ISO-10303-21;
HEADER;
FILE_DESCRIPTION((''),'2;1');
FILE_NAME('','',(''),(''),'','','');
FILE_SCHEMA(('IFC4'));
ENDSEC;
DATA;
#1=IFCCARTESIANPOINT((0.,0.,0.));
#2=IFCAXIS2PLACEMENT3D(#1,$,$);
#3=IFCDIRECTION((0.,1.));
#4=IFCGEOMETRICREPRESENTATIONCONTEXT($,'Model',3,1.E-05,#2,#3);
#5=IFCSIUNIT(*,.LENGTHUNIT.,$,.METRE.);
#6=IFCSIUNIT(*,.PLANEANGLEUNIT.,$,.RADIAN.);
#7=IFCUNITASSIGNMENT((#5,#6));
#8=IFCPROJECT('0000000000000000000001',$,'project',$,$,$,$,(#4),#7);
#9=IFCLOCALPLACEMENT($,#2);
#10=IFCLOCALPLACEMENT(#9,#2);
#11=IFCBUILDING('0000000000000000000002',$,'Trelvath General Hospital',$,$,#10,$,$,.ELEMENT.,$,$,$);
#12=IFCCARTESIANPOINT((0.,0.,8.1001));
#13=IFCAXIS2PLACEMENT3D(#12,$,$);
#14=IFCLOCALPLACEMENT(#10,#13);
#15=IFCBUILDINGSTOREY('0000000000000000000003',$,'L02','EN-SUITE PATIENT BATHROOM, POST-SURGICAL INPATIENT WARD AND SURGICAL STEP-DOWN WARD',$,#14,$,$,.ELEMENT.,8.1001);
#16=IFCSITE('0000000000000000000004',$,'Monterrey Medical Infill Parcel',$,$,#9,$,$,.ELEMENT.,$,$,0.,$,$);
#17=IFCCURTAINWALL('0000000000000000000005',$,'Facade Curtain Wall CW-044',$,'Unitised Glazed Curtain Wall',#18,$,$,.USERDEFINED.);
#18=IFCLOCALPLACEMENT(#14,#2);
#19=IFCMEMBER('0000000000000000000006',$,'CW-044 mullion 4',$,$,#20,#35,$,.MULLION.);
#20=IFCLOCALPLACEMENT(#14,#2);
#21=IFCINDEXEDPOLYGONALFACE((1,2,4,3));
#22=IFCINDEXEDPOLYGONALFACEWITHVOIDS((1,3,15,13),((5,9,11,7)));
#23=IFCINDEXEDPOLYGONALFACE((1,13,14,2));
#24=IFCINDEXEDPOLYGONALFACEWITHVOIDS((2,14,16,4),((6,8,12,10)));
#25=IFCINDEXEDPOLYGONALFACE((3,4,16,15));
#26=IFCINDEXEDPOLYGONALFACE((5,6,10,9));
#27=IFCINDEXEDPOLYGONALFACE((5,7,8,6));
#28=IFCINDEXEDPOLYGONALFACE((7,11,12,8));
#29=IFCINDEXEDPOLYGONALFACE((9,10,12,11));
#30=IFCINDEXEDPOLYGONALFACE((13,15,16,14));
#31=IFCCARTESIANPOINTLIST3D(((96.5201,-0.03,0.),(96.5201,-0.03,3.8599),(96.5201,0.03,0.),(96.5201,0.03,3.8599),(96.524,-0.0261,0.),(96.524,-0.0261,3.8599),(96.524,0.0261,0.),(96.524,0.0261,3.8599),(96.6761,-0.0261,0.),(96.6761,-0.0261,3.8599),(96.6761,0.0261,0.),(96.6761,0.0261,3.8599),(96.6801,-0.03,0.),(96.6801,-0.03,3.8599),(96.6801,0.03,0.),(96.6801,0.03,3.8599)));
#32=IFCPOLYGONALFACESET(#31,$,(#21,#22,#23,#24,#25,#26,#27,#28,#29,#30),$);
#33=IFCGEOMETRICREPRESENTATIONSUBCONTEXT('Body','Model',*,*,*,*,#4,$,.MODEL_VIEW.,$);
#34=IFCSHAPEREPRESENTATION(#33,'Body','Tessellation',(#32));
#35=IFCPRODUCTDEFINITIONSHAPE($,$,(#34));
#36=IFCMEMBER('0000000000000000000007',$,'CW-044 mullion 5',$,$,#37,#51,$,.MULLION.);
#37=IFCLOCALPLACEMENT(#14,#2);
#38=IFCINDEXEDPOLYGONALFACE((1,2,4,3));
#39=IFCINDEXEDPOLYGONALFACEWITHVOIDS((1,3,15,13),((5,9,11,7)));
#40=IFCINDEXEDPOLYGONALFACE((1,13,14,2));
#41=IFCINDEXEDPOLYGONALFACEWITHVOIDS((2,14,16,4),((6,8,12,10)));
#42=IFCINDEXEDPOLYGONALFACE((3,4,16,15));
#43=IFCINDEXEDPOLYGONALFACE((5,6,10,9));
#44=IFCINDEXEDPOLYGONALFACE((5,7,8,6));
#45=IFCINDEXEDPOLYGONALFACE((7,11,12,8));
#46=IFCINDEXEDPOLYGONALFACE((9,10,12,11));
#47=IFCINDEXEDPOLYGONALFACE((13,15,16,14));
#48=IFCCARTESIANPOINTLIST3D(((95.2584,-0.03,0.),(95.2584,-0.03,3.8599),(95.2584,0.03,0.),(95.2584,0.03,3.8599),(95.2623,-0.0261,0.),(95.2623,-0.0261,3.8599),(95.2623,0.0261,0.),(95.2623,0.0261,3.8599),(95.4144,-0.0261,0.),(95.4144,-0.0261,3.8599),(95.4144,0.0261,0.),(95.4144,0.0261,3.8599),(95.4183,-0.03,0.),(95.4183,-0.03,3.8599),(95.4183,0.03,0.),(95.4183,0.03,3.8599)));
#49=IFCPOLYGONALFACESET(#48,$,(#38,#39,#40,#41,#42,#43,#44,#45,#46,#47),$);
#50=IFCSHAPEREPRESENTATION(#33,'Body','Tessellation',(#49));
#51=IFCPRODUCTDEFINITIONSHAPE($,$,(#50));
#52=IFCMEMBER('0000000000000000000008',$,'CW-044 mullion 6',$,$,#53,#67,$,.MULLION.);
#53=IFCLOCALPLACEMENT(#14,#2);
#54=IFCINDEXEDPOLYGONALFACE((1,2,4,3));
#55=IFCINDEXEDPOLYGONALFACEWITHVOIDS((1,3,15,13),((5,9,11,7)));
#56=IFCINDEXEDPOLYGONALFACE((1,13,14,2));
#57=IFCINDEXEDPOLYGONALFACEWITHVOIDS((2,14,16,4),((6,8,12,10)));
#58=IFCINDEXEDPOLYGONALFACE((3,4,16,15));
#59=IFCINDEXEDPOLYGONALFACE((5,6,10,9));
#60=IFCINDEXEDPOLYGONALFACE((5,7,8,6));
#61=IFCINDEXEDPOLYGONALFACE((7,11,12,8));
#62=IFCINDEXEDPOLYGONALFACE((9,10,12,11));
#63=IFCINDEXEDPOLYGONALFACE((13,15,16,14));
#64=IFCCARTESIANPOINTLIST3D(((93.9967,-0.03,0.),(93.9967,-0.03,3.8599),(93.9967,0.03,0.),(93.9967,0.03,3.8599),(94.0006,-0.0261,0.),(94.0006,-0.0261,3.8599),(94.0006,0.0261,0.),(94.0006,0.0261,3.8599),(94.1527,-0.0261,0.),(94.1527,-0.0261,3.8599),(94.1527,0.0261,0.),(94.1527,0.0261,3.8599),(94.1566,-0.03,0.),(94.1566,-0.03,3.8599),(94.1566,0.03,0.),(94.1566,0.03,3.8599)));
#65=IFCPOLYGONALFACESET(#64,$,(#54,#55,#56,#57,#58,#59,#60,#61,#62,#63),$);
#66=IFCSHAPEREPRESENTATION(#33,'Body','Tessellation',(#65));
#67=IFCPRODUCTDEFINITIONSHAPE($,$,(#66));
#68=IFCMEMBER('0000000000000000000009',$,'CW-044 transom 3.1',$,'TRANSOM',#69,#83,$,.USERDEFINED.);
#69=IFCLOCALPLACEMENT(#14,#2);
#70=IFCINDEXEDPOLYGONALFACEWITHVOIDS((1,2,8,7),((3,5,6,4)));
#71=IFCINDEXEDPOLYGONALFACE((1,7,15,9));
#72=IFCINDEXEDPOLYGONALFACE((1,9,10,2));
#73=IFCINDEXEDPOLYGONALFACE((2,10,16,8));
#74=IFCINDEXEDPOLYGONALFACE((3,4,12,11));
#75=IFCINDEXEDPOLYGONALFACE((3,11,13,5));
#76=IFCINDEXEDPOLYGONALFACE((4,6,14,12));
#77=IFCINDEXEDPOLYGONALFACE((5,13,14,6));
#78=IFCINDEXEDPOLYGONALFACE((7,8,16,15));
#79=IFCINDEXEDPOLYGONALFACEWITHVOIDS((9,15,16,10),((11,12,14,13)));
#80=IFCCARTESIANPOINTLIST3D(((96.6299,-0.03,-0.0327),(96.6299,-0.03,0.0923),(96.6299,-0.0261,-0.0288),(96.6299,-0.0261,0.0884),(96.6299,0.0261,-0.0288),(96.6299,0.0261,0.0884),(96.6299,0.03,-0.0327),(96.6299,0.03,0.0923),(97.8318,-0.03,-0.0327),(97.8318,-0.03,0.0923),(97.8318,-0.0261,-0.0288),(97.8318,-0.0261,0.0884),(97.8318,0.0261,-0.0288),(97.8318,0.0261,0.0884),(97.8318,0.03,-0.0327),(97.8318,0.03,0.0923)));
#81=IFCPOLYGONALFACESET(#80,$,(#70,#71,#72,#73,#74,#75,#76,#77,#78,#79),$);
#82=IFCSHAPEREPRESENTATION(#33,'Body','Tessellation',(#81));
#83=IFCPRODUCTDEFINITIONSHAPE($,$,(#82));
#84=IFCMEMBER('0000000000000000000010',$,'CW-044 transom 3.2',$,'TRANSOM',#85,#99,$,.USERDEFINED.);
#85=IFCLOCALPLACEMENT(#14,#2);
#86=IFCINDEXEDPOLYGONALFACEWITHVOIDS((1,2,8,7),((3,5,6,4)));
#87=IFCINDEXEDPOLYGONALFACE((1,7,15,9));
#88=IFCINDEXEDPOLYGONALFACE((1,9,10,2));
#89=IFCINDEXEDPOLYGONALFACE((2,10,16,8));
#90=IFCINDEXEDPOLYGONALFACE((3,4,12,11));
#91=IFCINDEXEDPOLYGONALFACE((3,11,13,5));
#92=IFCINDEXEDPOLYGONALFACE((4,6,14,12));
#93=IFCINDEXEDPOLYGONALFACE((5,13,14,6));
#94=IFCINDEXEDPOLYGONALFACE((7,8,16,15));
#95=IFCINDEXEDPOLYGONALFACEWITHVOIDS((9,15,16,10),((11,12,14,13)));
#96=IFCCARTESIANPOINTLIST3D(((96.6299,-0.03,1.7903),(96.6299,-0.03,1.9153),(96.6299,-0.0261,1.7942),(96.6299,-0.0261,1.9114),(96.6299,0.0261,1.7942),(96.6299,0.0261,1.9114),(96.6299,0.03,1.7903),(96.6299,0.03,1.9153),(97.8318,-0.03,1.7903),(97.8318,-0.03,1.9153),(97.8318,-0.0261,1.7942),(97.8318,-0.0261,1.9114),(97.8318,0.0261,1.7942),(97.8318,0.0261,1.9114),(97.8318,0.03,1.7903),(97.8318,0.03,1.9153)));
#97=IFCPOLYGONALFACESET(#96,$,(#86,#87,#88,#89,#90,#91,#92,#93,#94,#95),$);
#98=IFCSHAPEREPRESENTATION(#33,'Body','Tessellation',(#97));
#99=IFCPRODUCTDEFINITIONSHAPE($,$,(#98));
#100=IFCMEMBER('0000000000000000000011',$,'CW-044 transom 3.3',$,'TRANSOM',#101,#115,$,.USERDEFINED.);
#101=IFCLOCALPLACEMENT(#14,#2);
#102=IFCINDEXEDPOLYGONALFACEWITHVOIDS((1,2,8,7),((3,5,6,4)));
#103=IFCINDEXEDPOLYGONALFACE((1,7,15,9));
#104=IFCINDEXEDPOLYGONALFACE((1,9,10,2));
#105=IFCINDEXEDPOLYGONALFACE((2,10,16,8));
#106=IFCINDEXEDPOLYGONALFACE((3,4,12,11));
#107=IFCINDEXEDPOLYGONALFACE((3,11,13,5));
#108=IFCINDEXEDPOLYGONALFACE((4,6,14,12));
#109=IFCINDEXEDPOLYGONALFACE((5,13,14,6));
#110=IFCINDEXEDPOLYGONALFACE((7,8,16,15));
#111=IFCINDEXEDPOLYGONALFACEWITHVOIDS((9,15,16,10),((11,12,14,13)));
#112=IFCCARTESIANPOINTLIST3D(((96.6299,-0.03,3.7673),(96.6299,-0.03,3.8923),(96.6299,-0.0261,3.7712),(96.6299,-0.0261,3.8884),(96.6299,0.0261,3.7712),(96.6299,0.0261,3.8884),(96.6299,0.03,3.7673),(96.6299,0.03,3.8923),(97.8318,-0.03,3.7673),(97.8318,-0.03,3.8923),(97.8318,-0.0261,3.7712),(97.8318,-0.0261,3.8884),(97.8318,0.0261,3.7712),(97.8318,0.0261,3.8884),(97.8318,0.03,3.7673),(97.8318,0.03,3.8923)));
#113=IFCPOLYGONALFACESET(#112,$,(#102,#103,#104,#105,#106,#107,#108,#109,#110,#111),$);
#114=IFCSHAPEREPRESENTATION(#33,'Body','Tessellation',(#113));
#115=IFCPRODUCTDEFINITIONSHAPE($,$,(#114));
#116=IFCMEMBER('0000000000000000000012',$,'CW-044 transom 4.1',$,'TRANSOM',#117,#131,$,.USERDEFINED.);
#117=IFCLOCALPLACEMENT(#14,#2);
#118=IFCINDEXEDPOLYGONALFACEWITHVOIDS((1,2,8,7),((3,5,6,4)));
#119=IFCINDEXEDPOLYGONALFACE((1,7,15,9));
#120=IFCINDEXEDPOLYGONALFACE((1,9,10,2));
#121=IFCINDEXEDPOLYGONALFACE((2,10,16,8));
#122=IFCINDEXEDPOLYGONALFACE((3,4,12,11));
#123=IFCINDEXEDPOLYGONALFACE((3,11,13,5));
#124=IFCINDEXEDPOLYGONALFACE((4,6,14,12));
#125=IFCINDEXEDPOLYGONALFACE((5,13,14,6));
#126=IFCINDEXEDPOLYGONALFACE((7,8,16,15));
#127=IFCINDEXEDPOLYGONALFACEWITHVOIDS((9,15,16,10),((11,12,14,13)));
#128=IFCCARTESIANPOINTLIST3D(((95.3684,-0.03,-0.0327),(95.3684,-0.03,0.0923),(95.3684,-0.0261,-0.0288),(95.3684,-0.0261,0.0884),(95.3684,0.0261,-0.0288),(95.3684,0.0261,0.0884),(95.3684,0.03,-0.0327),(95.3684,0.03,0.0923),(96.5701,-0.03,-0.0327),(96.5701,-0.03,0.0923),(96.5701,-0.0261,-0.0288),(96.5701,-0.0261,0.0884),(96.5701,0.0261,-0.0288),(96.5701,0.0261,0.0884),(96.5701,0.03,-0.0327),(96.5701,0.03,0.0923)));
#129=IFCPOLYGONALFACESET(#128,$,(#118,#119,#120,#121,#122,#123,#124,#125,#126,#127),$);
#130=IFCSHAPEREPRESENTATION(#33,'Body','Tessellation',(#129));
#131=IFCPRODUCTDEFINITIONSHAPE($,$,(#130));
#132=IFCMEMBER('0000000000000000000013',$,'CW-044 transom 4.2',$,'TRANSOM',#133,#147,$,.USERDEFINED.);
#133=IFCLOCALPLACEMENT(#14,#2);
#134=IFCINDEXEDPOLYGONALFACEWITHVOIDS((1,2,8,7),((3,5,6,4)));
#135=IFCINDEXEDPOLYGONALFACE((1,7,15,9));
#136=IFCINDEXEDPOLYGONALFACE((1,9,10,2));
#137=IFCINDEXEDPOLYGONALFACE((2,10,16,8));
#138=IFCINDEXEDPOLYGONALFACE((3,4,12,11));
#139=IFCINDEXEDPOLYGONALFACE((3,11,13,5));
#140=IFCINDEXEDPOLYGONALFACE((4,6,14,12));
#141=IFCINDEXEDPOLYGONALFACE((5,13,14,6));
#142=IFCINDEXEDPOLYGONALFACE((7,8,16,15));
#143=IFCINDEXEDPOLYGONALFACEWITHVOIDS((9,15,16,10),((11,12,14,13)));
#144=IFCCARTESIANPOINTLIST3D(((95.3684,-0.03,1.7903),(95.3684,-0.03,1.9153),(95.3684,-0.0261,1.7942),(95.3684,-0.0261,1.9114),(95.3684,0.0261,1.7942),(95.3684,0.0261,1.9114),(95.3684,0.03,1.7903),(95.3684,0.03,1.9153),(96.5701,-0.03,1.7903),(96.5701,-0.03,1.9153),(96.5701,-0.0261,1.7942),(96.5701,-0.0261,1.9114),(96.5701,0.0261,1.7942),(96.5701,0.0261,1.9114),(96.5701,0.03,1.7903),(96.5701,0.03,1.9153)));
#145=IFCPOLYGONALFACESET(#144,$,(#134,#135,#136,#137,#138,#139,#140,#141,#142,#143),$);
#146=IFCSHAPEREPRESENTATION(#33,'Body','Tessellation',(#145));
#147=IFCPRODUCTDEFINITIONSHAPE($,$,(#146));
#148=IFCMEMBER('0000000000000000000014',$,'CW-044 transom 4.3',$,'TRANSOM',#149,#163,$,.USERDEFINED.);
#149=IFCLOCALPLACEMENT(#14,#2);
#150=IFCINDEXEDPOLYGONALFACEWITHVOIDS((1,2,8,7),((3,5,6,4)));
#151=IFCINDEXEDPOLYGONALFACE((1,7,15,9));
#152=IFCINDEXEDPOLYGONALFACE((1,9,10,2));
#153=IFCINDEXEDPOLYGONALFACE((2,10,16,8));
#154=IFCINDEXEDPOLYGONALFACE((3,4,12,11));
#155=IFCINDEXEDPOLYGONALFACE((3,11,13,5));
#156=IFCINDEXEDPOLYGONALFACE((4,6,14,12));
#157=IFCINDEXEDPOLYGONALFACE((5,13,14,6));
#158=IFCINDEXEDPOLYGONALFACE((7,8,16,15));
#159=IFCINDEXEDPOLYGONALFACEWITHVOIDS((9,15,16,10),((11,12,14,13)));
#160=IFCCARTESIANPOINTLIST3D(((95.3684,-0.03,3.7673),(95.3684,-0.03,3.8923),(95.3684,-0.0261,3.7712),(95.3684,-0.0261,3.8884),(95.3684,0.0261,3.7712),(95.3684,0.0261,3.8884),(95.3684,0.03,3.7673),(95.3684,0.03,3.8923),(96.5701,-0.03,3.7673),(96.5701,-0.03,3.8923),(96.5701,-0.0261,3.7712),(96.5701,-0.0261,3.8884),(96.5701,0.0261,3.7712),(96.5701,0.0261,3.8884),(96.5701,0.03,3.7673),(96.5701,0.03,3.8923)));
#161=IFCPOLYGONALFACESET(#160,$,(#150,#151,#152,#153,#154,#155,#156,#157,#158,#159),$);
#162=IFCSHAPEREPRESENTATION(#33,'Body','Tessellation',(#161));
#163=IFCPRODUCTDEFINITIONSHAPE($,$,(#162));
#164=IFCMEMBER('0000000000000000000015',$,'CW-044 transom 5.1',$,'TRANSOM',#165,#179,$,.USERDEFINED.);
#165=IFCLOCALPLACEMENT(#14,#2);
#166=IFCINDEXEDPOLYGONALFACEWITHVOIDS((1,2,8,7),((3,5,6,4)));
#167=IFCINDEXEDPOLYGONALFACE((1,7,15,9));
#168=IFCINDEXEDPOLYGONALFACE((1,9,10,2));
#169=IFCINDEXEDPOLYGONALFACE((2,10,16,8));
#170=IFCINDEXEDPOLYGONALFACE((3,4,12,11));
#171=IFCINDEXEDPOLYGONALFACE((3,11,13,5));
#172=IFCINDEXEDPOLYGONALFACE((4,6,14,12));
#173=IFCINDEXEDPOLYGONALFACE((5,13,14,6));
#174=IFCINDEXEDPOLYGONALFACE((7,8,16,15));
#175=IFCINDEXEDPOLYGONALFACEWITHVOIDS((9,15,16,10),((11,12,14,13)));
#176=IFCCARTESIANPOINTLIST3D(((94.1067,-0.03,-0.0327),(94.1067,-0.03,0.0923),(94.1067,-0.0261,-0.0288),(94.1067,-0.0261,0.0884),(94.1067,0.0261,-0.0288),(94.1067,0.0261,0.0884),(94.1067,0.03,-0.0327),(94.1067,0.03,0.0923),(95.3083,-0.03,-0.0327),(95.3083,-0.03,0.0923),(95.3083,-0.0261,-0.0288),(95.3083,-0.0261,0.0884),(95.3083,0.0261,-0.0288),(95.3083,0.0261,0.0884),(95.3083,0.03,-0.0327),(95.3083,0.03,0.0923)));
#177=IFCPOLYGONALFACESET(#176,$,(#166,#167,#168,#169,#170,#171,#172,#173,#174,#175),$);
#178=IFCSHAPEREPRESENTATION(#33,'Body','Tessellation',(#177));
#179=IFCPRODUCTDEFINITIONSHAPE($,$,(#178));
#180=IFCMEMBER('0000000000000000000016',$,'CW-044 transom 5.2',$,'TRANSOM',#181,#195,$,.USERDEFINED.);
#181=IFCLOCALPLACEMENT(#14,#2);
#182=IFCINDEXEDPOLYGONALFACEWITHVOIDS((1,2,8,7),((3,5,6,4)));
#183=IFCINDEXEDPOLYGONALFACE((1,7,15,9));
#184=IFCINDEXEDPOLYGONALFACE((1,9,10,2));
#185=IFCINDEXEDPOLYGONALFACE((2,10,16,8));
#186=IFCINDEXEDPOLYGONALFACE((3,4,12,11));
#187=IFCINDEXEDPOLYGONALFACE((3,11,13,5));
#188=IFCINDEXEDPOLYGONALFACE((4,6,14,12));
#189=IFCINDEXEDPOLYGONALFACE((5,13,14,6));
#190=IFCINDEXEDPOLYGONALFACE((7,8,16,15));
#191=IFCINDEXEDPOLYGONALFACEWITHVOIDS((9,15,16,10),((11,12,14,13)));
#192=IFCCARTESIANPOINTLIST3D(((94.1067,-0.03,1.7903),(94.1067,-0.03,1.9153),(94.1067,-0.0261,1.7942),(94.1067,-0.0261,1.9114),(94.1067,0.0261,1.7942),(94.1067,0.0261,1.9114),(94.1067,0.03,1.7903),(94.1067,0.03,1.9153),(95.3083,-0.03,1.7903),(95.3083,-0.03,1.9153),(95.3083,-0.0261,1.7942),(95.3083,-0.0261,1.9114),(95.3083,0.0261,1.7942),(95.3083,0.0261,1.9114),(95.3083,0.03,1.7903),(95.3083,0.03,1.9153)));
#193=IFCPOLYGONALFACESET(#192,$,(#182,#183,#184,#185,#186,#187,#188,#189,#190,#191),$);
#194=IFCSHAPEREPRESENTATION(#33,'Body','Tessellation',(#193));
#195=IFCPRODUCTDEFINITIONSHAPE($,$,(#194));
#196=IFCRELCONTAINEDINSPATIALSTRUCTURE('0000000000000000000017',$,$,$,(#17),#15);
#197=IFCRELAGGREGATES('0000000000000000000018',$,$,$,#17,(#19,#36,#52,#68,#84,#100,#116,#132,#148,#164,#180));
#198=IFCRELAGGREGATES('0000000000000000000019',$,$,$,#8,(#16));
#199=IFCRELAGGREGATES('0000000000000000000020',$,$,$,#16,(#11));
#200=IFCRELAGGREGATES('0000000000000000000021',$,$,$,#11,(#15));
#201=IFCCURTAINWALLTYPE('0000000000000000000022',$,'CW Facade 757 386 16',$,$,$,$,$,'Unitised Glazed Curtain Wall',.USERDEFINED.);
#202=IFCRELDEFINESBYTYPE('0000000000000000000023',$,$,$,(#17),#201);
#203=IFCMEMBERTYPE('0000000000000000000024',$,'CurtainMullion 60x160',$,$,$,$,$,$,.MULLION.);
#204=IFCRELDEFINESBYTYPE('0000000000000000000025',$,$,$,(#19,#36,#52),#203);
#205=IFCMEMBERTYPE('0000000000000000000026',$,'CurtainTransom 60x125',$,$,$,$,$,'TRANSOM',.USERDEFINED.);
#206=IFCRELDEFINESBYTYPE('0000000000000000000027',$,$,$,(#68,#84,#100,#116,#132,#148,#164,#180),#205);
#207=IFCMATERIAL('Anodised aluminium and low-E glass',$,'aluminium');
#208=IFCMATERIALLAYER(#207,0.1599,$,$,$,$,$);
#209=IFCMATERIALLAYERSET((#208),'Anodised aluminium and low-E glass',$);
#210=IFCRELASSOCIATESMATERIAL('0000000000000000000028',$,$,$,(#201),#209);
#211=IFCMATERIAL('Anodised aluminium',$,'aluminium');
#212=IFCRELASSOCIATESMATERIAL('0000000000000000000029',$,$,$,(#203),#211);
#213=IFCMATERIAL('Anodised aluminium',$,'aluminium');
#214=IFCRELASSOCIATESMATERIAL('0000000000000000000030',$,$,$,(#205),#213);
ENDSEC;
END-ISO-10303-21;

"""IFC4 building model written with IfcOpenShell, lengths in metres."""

from ifc_helpers import new_model, si_unit, direction, frame, origin, origin_2d, place, context, subcontext, project, spatial, hollow_rectangle, extrude, material, layer, layer_set, material_profile, profile_set, type_object, element, aggregate, save


model = new_model("IFC4")

# Units and contexts
model_context = context("Model", 3, precision=1e-05, world=origin(), true_north=direction((0.0, 1.0)))
body_context = subcontext(model_context, "Body", "Model", "MODEL_VIEW")
ifc_project = project(units=[si_unit("LENGTHUNIT", "METRE"), si_unit("PLANEANGLEUNIT", "RADIAN")], contexts=[model_context])

# Site, building, storey
site_placement = place(None, origin())
site = spatial("IfcSite", under=ifc_project, at=site_placement, Name="Monterrey Medical Infill Parcel", CompositionType="ELEMENT", RefElevation=0.0)
building_placement = place(site_placement, origin())
building = spatial("IfcBuilding", under=site, at=building_placement, Name="Trelvath General Hospital", CompositionType="ELEMENT")
storey_placement = place(building_placement, frame((0.0, 0.0, 8.1001)))
storey = spatial("IfcBuildingStorey", under=building, at=storey_placement, Name="L02", Description="EN-SUITE PATIENT BATHROOM, POST-SURGICAL INPATIENT WARD AND SURGICAL STEP-DOWN WARD", CompositionType="ELEMENT", Elevation=8.1001)

# Curtain wall, members
ifc_material_1 = material(Name="Anodised aluminium and low-E glass", Category="aluminium")
ifc_layer_1 = layer(ifc_material_1, 0.1599)
ifc_layer_set_1 = layer_set([ifc_layer_1], Name="Anodised aluminium and low-E glass")
curtain_wall_type = type_object("IfcCurtainWallType", Name="CW Facade 757 386 16", ElementType="Unitised Glazed Curtain Wall", PredefinedType="USERDEFINED", material=ifc_layer_set_1)
curtain_wall_placement = place(storey_placement, origin())
curtain_wall = element("IfcCurtainWall", 1, at=curtain_wall_placement, inside=storey, type_object=curtain_wall_type, Name="Facade Curtain Wall CW-044", ObjectType="Unitised Glazed Curtain Wall", PredefinedType="USERDEFINED")
ifc_material_2 = material(Name="Anodised aluminium", Category="aluminium")
ifc_material_profile_1 = material_profile(ifc_material_2, hollow_rectangle(XDim=0.0601, YDim=0.1599, WallThickness=0.0039, at=origin_2d()), Name="RHS60x160x4")
ifc_profile_set_1 = profile_set([ifc_material_profile_1], Name="Anodised aluminium")
member_type_1 = type_object("IfcMemberType", Name="CurtainMullion 60x160", PredefinedType="MULLION", material=ifc_profile_set_1)
member_1_placement = place(storey_placement, frame((96.6001, 0.0, 0.0), z_axis=(0.0, 0.0, 1.0), x_axis=(0.0, -1.0, 0.0)))
member_1 = element("IfcMember", 2, at=member_1_placement, type_object=member_type_1, Name="CW-044 mullion 4", PredefinedType="MULLION", context=body_context, shape_type="SweptSolid", body=[
    extrude(hollow_rectangle(XDim=0.0601, YDim=0.1599, WallThickness=0.0039, at=origin_2d()), origin(), (0.0, 0.0, 1.0), 3.8599),
])
member_2_placement = place(storey_placement, frame((95.3384, 0.0, 0.0), z_axis=(0.0, 0.0, 1.0), x_axis=(0.0, -1.0, 0.0)))
member_2 = element("IfcMember", 3, at=member_2_placement, type_object=member_type_1, Name="CW-044 mullion 5", PredefinedType="MULLION", context=body_context, shape_type="SweptSolid", body=[
    extrude(hollow_rectangle(XDim=0.0601, YDim=0.1599, WallThickness=0.0039, at=origin_2d()), origin(), (0.0, 0.0, 1.0), 3.8599),
])
member_3_placement = place(storey_placement, frame((94.0767, 0.0, 0.0), z_axis=(0.0, 0.0, 1.0), x_axis=(0.0, -1.0, 0.0)))
member_3 = element("IfcMember", 4, at=member_3_placement, type_object=member_type_1, Name="CW-044 mullion 6", PredefinedType="MULLION", context=body_context, shape_type="SweptSolid", body=[
    extrude(hollow_rectangle(XDim=0.0601, YDim=0.1599, WallThickness=0.0039, at=origin_2d()), origin(), (0.0, 0.0, 1.0), 3.8599),
])
ifc_material_3 = material(Name="Anodised aluminium", Category="aluminium")
ifc_material_profile_2 = material_profile(ifc_material_3, hollow_rectangle(XDim=0.0601, YDim=0.125, WallThickness=0.0039, at=origin_2d()), Name="RHS60x125x4")
ifc_profile_set_2 = profile_set([ifc_material_profile_2], Name="Anodised aluminium")
member_type_2 = type_object("IfcMemberType", Name="CurtainTransom 60x125", ElementType="TRANSOM", PredefinedType="USERDEFINED", material=ifc_profile_set_2)
member_4_placement = place(storey_placement, frame((97.8318, 0.0, 0.0298), z_axis=(-1.0, 0.0, 0.0), x_axis=(0.0, -1.0, 0.0)))
member_4 = element("IfcMember", 5, at=member_4_placement, type_object=member_type_2, Name="CW-044 transom 3.1", ObjectType="TRANSOM", PredefinedType="USERDEFINED", context=body_context, shape_type="SweptSolid", body=[
    extrude(hollow_rectangle(XDim=0.0601, YDim=0.125, WallThickness=0.0039, at=origin_2d()), origin(), (0.0, 0.0, 1.0), 1.2019),
])
member_5_placement = place(storey_placement, frame((97.8318, 0.0, 1.8528), z_axis=(-1.0, 0.0, 0.0), x_axis=(0.0, -1.0, 0.0)))
member_5 = element("IfcMember", 6, at=member_5_placement, type_object=member_type_2, Name="CW-044 transom 3.2", ObjectType="TRANSOM", PredefinedType="USERDEFINED", context=body_context, shape_type="SweptSolid", body=[
    extrude(hollow_rectangle(XDim=0.0601, YDim=0.125, WallThickness=0.0039, at=origin_2d()), origin(), (0.0, 0.0, 1.0), 1.2019),
])
member_6_placement = place(storey_placement, frame((97.8318, 0.0, 3.8298), z_axis=(-1.0, 0.0, 0.0), x_axis=(0.0, -1.0, 0.0)))
member_6 = element("IfcMember", 7, at=member_6_placement, type_object=member_type_2, Name="CW-044 transom 3.3", ObjectType="TRANSOM", PredefinedType="USERDEFINED", context=body_context, shape_type="SweptSolid", body=[
    extrude(hollow_rectangle(XDim=0.0601, YDim=0.125, WallThickness=0.0039, at=origin_2d()), origin(), (0.0, 0.0, 1.0), 1.2019),
])
member_7_placement = place(storey_placement, frame((96.5701, 0.0, 0.0298), z_axis=(-1.0, 0.0, 0.0), x_axis=(0.0, -1.0, 0.0)))
member_7 = element("IfcMember", 8, at=member_7_placement, type_object=member_type_2, Name="CW-044 transom 4.1", ObjectType="TRANSOM", PredefinedType="USERDEFINED", context=body_context, shape_type="SweptSolid", body=[
    extrude(hollow_rectangle(XDim=0.0601, YDim=0.125, WallThickness=0.0039, at=origin_2d()), origin(), (0.0, 0.0, 1.0), 1.2017),
])
member_8_placement = place(storey_placement, frame((96.5701, 0.0, 1.8528), z_axis=(-1.0, 0.0, 0.0), x_axis=(0.0, -1.0, 0.0)))
member_8 = element("IfcMember", 9, at=member_8_placement, type_object=member_type_2, Name="CW-044 transom 4.2", ObjectType="TRANSOM", PredefinedType="USERDEFINED", context=body_context, shape_type="SweptSolid", body=[
    extrude(hollow_rectangle(XDim=0.0601, YDim=0.125, WallThickness=0.0039, at=origin_2d()), origin(), (0.0, 0.0, 1.0), 1.2017),
])
member_9_placement = place(storey_placement, frame((96.5701, 0.0, 3.8298), z_axis=(-1.0, 0.0, 0.0), x_axis=(0.0, -1.0, 0.0)))
member_9 = element("IfcMember", 10, at=member_9_placement, type_object=member_type_2, Name="CW-044 transom 4.3", ObjectType="TRANSOM", PredefinedType="USERDEFINED", context=body_context, shape_type="SweptSolid", body=[
    extrude(hollow_rectangle(XDim=0.0601, YDim=0.125, WallThickness=0.0039, at=origin_2d()), origin(), (0.0, 0.0, 1.0), 1.2017),
])
member_10_placement = place(storey_placement, frame((95.3083, 0.0, 0.0298), z_axis=(-1.0, 0.0, 0.0), x_axis=(0.0, -1.0, 0.0)))
member_10 = element("IfcMember", 11, at=member_10_placement, type_object=member_type_2, Name="CW-044 transom 5.1", ObjectType="TRANSOM", PredefinedType="USERDEFINED", context=body_context, shape_type="SweptSolid", body=[
    extrude(hollow_rectangle(XDim=0.0601, YDim=0.125, WallThickness=0.0039, at=origin_2d()), origin(), (0.0, 0.0, 1.0), 1.2017),
])
member_11_placement = place(storey_placement, frame((95.3083, 0.0, 1.8528), z_axis=(-1.0, 0.0, 0.0), x_axis=(0.0, -1.0, 0.0)))
member_11 = element("IfcMember", 12, at=member_11_placement, type_object=member_type_2, Name="CW-044 transom 5.2", ObjectType="TRANSOM", PredefinedType="USERDEFINED", context=body_context, shape_type="SweptSolid", body=[
    extrude(hollow_rectangle(XDim=0.0601, YDim=0.125, WallThickness=0.0039, at=origin_2d()), origin(), (0.0, 0.0, 1.0), 1.2017),
])
aggregate(curtain_wall, [member_1, member_2, member_3, member_4, member_5, member_6, member_7, member_8, member_9, member_10, member_11])

save(model, "model.ifc")
